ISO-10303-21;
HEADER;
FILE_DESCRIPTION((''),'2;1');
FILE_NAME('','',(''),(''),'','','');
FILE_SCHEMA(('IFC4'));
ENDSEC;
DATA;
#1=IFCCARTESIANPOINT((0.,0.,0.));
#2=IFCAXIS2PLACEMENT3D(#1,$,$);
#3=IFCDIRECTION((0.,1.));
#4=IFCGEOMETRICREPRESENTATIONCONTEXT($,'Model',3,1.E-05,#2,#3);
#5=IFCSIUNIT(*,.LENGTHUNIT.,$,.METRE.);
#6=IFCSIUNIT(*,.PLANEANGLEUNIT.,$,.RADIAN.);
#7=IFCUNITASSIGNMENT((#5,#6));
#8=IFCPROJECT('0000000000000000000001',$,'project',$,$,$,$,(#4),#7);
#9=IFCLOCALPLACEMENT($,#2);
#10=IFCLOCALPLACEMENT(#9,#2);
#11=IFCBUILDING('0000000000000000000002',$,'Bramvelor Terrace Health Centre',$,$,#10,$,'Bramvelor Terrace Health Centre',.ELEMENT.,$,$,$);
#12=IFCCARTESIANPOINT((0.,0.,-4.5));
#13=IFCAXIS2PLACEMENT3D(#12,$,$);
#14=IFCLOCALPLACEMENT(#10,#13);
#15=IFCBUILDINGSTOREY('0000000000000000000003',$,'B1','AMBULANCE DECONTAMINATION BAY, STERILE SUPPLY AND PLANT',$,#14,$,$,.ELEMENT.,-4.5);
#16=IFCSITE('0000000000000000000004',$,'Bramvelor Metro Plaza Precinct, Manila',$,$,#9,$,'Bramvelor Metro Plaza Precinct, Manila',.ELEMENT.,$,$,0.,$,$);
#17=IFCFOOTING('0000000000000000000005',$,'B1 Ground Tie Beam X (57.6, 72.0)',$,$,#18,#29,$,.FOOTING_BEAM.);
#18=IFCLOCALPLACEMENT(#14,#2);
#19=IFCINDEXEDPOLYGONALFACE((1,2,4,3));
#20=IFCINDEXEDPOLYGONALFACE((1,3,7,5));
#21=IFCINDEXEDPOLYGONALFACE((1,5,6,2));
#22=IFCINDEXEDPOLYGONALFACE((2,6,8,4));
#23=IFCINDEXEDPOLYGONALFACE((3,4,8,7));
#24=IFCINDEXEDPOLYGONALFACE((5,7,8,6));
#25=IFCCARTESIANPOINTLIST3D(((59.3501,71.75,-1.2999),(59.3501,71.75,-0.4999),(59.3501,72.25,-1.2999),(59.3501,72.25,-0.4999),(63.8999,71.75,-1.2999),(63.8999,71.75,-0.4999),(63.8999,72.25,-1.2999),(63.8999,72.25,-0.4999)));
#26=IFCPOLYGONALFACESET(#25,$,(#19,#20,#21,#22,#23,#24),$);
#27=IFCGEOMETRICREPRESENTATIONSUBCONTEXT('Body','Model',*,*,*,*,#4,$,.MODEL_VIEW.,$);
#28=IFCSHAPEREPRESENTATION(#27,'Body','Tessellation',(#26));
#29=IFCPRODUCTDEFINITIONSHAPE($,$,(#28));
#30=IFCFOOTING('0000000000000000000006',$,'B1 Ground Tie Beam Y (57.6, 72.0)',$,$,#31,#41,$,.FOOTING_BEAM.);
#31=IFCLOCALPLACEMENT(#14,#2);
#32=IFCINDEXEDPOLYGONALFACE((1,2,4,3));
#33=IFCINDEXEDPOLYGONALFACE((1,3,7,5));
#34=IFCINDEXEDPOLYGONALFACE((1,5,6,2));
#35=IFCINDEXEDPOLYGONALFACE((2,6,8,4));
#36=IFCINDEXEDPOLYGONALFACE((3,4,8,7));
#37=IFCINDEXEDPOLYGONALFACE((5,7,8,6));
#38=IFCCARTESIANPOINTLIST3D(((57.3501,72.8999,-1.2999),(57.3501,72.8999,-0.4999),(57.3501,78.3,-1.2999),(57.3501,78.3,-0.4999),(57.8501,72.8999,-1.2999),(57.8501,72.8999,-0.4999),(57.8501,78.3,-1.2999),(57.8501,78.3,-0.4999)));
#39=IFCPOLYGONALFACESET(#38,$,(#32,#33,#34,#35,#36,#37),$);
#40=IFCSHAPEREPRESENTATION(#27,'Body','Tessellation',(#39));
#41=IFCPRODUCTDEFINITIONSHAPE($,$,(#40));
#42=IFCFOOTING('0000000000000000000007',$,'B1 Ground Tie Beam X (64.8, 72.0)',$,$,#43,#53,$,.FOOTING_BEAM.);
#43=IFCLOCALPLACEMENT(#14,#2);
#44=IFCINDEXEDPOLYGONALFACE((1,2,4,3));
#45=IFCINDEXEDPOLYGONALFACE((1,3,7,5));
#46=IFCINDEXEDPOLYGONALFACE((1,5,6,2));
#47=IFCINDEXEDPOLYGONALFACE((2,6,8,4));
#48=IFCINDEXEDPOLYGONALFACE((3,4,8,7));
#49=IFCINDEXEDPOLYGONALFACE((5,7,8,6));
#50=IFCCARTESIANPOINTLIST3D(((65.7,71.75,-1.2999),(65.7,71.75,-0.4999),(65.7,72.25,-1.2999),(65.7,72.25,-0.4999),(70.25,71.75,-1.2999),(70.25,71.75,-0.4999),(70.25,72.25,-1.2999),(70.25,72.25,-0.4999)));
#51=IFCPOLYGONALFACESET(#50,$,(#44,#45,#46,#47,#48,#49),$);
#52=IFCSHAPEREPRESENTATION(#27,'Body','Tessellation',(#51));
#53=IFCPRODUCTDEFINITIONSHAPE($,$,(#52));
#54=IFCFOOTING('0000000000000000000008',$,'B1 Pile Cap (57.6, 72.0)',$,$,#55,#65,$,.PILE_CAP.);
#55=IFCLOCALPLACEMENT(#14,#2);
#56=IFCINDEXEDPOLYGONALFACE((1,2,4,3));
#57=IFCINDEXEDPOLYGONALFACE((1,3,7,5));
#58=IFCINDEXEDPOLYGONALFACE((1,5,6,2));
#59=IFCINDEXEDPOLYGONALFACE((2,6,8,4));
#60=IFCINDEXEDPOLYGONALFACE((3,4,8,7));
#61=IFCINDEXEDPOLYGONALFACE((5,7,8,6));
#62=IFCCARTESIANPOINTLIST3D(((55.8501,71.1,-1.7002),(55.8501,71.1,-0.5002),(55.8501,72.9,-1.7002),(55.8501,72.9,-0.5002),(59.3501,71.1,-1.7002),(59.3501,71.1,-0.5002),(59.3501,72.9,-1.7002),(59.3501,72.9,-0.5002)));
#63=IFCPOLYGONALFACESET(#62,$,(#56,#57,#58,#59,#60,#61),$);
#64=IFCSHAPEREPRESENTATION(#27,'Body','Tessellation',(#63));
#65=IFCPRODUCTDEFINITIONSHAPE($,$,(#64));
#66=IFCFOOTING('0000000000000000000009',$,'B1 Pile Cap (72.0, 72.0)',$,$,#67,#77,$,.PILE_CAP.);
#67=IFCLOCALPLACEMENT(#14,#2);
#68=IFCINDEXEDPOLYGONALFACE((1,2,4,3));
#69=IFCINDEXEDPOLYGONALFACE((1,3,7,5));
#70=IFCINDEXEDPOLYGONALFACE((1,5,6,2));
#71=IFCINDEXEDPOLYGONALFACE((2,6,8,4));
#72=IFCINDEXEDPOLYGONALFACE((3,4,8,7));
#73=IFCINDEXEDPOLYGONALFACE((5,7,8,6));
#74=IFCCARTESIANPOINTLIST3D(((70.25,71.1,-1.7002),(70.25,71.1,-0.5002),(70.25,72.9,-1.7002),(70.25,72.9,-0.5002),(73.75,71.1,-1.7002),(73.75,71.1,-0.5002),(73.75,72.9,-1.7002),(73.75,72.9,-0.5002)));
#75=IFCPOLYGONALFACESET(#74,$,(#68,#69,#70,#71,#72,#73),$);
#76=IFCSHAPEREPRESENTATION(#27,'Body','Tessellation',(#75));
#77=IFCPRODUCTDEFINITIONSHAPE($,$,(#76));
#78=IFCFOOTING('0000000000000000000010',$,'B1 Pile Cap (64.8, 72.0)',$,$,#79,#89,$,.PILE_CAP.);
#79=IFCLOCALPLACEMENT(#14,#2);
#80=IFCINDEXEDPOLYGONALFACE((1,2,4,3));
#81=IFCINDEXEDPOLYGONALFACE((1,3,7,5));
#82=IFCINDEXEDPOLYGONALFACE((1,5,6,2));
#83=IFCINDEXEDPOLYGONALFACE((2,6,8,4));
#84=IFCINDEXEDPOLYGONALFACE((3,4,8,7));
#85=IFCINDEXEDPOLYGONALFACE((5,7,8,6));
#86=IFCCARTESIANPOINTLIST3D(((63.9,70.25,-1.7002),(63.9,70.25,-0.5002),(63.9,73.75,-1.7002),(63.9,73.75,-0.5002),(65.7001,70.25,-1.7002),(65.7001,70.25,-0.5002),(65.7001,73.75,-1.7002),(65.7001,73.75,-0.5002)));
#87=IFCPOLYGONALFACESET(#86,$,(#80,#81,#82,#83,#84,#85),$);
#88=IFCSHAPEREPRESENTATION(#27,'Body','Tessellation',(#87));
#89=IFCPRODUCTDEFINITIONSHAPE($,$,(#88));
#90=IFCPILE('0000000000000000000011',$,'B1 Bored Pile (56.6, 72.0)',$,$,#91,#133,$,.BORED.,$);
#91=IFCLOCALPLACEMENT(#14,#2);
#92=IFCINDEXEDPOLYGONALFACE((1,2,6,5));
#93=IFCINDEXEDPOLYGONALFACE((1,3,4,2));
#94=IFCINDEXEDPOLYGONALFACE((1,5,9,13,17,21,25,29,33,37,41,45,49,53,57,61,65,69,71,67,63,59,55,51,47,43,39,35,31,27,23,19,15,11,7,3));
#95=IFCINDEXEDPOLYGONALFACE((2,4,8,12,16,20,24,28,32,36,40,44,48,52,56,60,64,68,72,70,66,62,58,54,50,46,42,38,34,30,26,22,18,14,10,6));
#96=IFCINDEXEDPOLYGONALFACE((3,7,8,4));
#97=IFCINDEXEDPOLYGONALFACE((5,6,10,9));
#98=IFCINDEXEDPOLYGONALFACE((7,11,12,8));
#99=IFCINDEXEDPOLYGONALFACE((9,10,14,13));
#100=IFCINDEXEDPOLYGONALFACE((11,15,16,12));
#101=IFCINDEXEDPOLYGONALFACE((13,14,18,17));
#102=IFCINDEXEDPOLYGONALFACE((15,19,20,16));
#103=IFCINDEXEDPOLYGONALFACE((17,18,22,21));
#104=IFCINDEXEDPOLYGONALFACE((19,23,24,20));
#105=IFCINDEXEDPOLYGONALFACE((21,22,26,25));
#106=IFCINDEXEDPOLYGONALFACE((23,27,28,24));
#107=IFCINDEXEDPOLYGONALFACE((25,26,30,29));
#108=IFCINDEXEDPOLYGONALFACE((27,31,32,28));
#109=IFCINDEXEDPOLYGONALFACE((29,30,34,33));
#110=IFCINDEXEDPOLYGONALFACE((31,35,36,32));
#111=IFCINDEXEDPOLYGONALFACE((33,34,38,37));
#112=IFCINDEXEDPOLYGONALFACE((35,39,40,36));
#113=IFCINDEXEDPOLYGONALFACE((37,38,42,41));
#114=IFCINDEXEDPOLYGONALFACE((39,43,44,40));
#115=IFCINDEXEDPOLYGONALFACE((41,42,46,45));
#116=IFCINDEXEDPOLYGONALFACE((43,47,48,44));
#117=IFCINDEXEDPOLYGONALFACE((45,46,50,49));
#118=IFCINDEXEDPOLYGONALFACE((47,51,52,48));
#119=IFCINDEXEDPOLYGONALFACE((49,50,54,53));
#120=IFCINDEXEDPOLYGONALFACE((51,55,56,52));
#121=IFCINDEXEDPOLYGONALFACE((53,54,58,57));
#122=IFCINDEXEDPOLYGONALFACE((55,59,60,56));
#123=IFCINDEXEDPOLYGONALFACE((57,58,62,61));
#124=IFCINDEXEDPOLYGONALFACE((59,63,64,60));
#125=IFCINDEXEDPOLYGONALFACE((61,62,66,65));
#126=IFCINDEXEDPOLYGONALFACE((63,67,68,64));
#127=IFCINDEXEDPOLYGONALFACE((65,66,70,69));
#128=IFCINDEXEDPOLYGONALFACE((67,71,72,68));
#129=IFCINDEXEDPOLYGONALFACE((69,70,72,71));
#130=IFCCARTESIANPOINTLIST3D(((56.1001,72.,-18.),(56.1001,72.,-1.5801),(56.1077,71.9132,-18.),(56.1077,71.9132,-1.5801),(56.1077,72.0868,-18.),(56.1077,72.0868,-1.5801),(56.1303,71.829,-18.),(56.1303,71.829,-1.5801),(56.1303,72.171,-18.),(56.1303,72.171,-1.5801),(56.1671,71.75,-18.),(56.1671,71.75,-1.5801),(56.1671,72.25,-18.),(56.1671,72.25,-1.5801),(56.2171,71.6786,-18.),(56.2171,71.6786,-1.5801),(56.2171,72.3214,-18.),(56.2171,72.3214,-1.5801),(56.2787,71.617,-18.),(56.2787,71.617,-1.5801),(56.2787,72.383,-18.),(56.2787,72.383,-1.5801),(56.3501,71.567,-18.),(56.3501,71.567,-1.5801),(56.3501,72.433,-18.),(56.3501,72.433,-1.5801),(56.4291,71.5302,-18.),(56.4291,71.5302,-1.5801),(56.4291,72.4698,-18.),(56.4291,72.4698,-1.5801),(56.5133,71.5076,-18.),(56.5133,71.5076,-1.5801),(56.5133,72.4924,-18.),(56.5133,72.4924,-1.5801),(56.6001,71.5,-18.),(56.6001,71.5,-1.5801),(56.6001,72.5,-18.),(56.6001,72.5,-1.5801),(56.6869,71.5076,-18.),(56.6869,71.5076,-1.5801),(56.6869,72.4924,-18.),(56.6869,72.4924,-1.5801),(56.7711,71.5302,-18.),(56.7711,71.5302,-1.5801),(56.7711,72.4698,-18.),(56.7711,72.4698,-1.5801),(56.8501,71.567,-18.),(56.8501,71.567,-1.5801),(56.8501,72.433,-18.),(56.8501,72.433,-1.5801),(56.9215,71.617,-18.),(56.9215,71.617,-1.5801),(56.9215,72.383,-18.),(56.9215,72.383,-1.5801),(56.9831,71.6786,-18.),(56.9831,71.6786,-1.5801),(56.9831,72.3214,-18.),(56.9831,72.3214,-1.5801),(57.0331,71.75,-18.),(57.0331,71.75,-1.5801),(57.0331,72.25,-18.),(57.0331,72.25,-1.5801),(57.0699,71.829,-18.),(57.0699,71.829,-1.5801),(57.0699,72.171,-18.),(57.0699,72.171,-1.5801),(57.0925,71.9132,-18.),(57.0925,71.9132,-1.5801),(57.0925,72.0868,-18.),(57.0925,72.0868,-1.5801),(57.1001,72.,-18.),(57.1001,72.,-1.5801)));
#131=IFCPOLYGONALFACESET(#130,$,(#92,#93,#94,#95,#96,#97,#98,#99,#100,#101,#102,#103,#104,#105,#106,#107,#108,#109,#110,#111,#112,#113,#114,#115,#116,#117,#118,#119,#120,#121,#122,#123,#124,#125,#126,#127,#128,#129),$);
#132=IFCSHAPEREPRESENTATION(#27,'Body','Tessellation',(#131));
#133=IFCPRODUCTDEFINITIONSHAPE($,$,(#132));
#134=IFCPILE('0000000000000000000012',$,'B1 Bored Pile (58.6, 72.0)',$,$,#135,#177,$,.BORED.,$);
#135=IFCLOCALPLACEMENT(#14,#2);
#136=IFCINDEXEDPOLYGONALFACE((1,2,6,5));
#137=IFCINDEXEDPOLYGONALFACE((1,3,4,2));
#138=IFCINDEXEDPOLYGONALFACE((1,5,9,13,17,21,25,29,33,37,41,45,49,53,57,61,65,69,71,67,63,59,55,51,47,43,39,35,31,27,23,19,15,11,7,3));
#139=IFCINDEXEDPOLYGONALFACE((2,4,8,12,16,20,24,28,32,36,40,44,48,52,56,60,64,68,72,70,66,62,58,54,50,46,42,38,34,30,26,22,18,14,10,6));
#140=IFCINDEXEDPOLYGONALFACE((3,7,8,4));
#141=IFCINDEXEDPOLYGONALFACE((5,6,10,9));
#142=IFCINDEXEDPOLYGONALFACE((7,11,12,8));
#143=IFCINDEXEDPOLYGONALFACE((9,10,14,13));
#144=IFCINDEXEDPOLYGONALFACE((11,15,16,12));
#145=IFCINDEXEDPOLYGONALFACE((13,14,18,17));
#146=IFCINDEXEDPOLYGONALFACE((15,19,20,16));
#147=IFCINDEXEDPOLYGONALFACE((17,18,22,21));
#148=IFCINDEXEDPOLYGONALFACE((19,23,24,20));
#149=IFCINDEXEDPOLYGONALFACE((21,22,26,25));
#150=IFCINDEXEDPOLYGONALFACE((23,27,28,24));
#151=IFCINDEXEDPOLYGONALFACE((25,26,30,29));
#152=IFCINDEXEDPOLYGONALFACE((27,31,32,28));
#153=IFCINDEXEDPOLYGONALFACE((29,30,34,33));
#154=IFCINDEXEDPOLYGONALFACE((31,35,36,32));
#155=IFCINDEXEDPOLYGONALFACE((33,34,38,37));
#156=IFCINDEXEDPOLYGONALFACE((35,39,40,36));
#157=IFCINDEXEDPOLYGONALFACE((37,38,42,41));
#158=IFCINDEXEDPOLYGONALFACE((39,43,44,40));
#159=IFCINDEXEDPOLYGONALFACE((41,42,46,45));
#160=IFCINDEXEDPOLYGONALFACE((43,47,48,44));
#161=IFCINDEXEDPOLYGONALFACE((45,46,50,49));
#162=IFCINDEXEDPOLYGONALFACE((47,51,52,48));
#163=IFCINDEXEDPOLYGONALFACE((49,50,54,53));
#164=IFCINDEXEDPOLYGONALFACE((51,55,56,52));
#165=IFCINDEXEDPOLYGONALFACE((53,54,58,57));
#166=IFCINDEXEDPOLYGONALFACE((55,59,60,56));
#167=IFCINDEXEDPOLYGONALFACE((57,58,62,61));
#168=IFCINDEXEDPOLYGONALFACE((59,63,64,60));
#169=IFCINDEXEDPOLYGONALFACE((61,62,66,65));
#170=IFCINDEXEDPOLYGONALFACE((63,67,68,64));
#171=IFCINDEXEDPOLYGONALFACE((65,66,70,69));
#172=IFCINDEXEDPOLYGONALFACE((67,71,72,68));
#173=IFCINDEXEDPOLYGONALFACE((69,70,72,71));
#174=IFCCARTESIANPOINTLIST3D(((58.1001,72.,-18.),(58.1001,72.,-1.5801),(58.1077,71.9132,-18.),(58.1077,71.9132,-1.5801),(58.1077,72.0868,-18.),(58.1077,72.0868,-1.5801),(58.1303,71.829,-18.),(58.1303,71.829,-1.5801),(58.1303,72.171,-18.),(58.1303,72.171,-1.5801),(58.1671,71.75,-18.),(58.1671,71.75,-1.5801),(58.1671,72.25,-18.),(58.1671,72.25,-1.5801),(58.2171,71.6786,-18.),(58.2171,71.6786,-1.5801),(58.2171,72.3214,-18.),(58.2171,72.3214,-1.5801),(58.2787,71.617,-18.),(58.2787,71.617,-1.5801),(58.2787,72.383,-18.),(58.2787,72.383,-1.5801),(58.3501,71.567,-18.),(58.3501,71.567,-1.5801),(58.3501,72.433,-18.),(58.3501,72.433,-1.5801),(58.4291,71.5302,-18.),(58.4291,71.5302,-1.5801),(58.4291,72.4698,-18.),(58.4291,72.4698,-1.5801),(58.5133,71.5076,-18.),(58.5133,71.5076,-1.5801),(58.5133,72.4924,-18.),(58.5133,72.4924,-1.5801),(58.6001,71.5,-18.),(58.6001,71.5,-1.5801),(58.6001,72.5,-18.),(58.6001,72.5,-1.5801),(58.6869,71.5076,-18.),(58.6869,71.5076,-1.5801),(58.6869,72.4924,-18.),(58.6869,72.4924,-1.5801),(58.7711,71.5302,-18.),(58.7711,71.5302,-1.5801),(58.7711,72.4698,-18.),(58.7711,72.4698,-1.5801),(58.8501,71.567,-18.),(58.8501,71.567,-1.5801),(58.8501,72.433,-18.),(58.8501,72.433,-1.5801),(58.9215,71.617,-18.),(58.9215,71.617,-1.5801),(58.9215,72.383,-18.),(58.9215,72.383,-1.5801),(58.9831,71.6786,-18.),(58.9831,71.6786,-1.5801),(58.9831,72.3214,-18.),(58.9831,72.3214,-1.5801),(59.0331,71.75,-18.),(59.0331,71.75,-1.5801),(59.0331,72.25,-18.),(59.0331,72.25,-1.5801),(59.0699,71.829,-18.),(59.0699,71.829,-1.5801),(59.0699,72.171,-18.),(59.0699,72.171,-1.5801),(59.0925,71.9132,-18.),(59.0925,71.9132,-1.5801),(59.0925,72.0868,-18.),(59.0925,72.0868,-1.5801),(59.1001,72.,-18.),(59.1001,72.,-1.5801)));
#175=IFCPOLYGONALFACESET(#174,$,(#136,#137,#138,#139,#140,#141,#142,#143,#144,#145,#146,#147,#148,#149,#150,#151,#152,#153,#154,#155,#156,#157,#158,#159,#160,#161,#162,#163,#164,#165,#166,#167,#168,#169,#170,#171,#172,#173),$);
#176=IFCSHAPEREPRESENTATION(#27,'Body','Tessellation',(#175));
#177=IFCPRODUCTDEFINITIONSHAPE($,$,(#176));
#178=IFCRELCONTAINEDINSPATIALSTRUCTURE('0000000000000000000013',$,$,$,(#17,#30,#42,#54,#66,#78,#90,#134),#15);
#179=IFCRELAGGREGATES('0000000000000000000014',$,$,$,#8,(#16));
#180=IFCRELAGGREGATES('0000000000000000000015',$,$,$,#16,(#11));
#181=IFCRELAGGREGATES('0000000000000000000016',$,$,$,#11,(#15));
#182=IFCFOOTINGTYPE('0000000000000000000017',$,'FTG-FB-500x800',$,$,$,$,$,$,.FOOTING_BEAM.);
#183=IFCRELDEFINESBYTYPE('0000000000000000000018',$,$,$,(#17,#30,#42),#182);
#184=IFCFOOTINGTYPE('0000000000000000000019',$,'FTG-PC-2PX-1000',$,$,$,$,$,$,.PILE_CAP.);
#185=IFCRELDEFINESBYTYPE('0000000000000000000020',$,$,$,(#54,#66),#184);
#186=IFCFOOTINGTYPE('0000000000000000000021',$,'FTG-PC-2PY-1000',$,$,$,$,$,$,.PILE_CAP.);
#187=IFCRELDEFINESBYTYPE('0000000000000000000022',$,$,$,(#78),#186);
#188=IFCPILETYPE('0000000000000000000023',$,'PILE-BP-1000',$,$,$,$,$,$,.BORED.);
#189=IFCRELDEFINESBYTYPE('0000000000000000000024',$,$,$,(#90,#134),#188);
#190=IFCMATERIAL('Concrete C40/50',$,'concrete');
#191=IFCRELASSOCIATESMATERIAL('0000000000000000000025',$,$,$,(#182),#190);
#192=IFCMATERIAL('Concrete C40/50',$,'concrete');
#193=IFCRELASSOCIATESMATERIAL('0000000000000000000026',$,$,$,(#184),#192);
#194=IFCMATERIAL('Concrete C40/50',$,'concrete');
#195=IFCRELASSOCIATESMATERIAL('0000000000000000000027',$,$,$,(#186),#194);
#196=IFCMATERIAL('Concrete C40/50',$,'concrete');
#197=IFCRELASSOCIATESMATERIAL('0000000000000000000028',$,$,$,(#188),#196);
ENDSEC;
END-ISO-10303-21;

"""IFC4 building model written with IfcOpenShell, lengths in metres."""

from ifc_helpers import new_model, si_unit, direction, frame, origin, origin_2d, place, context, subcontext, project, spatial, rectangle, circle, extrude, material, material_profile, profile_set, type_object, element, save


model = new_model("IFC4")

# Units and contexts
model_context = context("Model", 3, precision=1e-05, world=origin(), true_north=direction((0.0, 1.0)))
body_context = subcontext(model_context, "Body", "Model", "MODEL_VIEW")
ifc_project = project(units=[si_unit("LENGTHUNIT", "METRE"), si_unit("PLANEANGLEUNIT", "RADIAN")], contexts=[model_context])

# Site, building, storey
site_placement = place(None, origin())
site = spatial("IfcSite", under=ifc_project, at=site_placement, Name="Bramvelor Metro Plaza Precinct, Manila", LongName="Bramvelor Metro Plaza Precinct, Manila", CompositionType="ELEMENT", RefElevation=0.0)
building_placement = place(site_placement, origin())
building = spatial("IfcBuilding", under=site, at=building_placement, Name="Bramvelor Terrace Health Centre", LongName="Bramvelor Terrace Health Centre", CompositionType="ELEMENT")
storey_placement = place(building_placement, frame((0.0, 0.0, -4.5)))
storey = spatial("IfcBuildingStorey", under=building, at=storey_placement, Name="B1", Description="AMBULANCE DECONTAMINATION BAY, STERILE SUPPLY AND PLANT", CompositionType="ELEMENT", Elevation=-4.5)

# Footings
ifc_material_1 = material(Name="Concrete C40/50", Category="concrete")
ifc_material_profile_1 = material_profile(ifc_material_1, rectangle(XDim=0.5, YDim=0.8, at=origin_2d()), Name="RC 500x800")
ifc_profile_set_1 = profile_set([ifc_material_profile_1], Name="Concrete C40/50")
footing_type_1 = type_object("IfcFootingType", Name="FTG-FB-500x800", PredefinedType="FOOTING_BEAM", material=ifc_profile_set_1)
footing_1_placement = place(storey_placement, frame((59.3501, 72.0, -0.8999), z_axis=(1.0, 0.0, 0.0), x_axis=(0.0, 1.0, 0.0)))
element("IfcFooting", 1, at=footing_1_placement, inside=storey, type_object=footing_type_1, Name="B1 Ground Tie Beam X (57.6, 72.0)", PredefinedType="FOOTING_BEAM", context=body_context, shape_type="SweptSolid", body=[
    extrude(rectangle(XDim=0.5, YDim=0.8, at=origin_2d()), origin(), (0.0, 0.0, 1.0), 4.5498),
])
footing_2_placement = place(storey_placement, frame((57.6001, 72.8999, -0.8999), z_axis=(0.0, 1.0, 0.0), x_axis=(-1.0, 0.0, 0.0)))
element("IfcFooting", 2, at=footing_2_placement, inside=storey, type_object=footing_type_1, Name="B1 Ground Tie Beam Y (57.6, 72.0)", PredefinedType="FOOTING_BEAM", context=body_context, shape_type="SweptSolid", body=[
    extrude(rectangle(XDim=0.5, YDim=0.8, at=origin_2d()), origin(), (0.0, 0.0, 1.0), 5.4001),
])
footing_3_placement = place(storey_placement, frame((65.7, 72.0, -0.8999), z_axis=(1.0, 0.0, 0.0), x_axis=(0.0, 1.0, 0.0)))
element("IfcFooting", 3, at=footing_3_placement, inside=storey, type_object=footing_type_1, Name="B1 Ground Tie Beam X (64.8, 72.0)", PredefinedType="FOOTING_BEAM", context=body_context, shape_type="SweptSolid", body=[
    extrude(rectangle(XDim=0.5, YDim=0.8, at=origin_2d()), origin(), (0.0, 0.0, 1.0), 4.55),
])
ifc_material_2 = material(Name="Concrete C40/50", Category="concrete")
footing_type_2 = type_object("IfcFootingType", Name="FTG-PC-2PX-1000", PredefinedType="PILE_CAP", material=ifc_material_2)
for number, where, z_axis, x_axis, name in (
    (4, (57.6001, 72.0, -1.7002), (0.0, 0.0, 1.0), (1.0, 0.0, 0.0), "B1 Pile Cap (57.6, 72.0)"),
    (5, (72.0, 72.0, -1.7002), (0.0, 0.0, 1.0), (1.0, 0.0, 0.0), "B1 Pile Cap (72.0, 72.0)"),
):
    element("IfcFooting", number, at=place(storey_placement, frame(where, z_axis=z_axis, x_axis=x_axis)), inside=storey, type_object=footing_type_2, Name=name, PredefinedType="PILE_CAP", context=body_context, shape_type="SweptSolid", body=[
        extrude(rectangle(XDim=3.5, YDim=1.8, at=origin_2d()), origin(), (0.0, 0.0, 1.0), 1.2),
    ])
ifc_material_3 = material(Name="Concrete C40/50", Category="concrete")
footing_type_3 = type_object("IfcFootingType", Name="FTG-PC-2PY-1000", PredefinedType="PILE_CAP", material=ifc_material_3)
footing_4_placement = place(storey_placement, frame((64.8, 72.0, -1.7002), z_axis=(0.0, 0.0, 1.0), x_axis=(1.0, 0.0, 0.0)))
element("IfcFooting", 6, at=footing_4_placement, inside=storey, type_object=footing_type_3, Name="B1 Pile Cap (64.8, 72.0)", PredefinedType="PILE_CAP", context=body_context, shape_type="SweptSolid", body=[
    extrude(rectangle(XDim=1.8, YDim=3.5, at=origin_2d()), origin(), (0.0, 0.0, 1.0), 1.2),
])

# Piles
ifc_material_4 = material(Name="Concrete C40/50", Category="concrete")
ifc_material_profile_2 = material_profile(ifc_material_4, circle(Radius=0.5, at=origin_2d()), Name="BP D1000")
ifc_profile_set_2 = profile_set([ifc_material_profile_2], Name="Concrete C40/50")
pile_type = type_object("IfcPileType", Name="PILE-BP-1000", PredefinedType="BORED", material=ifc_profile_set_2)
for number, where, z_axis, x_axis, name in (
    (7, (56.6001, 72.0, -1.5801), (0.0, 0.0, -1.0), (1.0, 0.0, 0.0), "B1 Bored Pile (56.6, 72.0)"),
    (8, (58.6001, 72.0, -1.5801), (0.0, 0.0, -1.0), (1.0, 0.0, 0.0), "B1 Bored Pile (58.6, 72.0)"),
):
    element("IfcPile", number, at=place(storey_placement, frame(where, z_axis=z_axis, x_axis=x_axis)), inside=storey, type_object=pile_type, Name=name, PredefinedType="BORED", context=body_context, shape_type="SweptSolid", body=[
        extrude(circle(Radius=0.5, at=origin_2d()), origin(), (0.0, 0.0, 1.0), 16.4199),
    ])

save(model, "model.ifc")
